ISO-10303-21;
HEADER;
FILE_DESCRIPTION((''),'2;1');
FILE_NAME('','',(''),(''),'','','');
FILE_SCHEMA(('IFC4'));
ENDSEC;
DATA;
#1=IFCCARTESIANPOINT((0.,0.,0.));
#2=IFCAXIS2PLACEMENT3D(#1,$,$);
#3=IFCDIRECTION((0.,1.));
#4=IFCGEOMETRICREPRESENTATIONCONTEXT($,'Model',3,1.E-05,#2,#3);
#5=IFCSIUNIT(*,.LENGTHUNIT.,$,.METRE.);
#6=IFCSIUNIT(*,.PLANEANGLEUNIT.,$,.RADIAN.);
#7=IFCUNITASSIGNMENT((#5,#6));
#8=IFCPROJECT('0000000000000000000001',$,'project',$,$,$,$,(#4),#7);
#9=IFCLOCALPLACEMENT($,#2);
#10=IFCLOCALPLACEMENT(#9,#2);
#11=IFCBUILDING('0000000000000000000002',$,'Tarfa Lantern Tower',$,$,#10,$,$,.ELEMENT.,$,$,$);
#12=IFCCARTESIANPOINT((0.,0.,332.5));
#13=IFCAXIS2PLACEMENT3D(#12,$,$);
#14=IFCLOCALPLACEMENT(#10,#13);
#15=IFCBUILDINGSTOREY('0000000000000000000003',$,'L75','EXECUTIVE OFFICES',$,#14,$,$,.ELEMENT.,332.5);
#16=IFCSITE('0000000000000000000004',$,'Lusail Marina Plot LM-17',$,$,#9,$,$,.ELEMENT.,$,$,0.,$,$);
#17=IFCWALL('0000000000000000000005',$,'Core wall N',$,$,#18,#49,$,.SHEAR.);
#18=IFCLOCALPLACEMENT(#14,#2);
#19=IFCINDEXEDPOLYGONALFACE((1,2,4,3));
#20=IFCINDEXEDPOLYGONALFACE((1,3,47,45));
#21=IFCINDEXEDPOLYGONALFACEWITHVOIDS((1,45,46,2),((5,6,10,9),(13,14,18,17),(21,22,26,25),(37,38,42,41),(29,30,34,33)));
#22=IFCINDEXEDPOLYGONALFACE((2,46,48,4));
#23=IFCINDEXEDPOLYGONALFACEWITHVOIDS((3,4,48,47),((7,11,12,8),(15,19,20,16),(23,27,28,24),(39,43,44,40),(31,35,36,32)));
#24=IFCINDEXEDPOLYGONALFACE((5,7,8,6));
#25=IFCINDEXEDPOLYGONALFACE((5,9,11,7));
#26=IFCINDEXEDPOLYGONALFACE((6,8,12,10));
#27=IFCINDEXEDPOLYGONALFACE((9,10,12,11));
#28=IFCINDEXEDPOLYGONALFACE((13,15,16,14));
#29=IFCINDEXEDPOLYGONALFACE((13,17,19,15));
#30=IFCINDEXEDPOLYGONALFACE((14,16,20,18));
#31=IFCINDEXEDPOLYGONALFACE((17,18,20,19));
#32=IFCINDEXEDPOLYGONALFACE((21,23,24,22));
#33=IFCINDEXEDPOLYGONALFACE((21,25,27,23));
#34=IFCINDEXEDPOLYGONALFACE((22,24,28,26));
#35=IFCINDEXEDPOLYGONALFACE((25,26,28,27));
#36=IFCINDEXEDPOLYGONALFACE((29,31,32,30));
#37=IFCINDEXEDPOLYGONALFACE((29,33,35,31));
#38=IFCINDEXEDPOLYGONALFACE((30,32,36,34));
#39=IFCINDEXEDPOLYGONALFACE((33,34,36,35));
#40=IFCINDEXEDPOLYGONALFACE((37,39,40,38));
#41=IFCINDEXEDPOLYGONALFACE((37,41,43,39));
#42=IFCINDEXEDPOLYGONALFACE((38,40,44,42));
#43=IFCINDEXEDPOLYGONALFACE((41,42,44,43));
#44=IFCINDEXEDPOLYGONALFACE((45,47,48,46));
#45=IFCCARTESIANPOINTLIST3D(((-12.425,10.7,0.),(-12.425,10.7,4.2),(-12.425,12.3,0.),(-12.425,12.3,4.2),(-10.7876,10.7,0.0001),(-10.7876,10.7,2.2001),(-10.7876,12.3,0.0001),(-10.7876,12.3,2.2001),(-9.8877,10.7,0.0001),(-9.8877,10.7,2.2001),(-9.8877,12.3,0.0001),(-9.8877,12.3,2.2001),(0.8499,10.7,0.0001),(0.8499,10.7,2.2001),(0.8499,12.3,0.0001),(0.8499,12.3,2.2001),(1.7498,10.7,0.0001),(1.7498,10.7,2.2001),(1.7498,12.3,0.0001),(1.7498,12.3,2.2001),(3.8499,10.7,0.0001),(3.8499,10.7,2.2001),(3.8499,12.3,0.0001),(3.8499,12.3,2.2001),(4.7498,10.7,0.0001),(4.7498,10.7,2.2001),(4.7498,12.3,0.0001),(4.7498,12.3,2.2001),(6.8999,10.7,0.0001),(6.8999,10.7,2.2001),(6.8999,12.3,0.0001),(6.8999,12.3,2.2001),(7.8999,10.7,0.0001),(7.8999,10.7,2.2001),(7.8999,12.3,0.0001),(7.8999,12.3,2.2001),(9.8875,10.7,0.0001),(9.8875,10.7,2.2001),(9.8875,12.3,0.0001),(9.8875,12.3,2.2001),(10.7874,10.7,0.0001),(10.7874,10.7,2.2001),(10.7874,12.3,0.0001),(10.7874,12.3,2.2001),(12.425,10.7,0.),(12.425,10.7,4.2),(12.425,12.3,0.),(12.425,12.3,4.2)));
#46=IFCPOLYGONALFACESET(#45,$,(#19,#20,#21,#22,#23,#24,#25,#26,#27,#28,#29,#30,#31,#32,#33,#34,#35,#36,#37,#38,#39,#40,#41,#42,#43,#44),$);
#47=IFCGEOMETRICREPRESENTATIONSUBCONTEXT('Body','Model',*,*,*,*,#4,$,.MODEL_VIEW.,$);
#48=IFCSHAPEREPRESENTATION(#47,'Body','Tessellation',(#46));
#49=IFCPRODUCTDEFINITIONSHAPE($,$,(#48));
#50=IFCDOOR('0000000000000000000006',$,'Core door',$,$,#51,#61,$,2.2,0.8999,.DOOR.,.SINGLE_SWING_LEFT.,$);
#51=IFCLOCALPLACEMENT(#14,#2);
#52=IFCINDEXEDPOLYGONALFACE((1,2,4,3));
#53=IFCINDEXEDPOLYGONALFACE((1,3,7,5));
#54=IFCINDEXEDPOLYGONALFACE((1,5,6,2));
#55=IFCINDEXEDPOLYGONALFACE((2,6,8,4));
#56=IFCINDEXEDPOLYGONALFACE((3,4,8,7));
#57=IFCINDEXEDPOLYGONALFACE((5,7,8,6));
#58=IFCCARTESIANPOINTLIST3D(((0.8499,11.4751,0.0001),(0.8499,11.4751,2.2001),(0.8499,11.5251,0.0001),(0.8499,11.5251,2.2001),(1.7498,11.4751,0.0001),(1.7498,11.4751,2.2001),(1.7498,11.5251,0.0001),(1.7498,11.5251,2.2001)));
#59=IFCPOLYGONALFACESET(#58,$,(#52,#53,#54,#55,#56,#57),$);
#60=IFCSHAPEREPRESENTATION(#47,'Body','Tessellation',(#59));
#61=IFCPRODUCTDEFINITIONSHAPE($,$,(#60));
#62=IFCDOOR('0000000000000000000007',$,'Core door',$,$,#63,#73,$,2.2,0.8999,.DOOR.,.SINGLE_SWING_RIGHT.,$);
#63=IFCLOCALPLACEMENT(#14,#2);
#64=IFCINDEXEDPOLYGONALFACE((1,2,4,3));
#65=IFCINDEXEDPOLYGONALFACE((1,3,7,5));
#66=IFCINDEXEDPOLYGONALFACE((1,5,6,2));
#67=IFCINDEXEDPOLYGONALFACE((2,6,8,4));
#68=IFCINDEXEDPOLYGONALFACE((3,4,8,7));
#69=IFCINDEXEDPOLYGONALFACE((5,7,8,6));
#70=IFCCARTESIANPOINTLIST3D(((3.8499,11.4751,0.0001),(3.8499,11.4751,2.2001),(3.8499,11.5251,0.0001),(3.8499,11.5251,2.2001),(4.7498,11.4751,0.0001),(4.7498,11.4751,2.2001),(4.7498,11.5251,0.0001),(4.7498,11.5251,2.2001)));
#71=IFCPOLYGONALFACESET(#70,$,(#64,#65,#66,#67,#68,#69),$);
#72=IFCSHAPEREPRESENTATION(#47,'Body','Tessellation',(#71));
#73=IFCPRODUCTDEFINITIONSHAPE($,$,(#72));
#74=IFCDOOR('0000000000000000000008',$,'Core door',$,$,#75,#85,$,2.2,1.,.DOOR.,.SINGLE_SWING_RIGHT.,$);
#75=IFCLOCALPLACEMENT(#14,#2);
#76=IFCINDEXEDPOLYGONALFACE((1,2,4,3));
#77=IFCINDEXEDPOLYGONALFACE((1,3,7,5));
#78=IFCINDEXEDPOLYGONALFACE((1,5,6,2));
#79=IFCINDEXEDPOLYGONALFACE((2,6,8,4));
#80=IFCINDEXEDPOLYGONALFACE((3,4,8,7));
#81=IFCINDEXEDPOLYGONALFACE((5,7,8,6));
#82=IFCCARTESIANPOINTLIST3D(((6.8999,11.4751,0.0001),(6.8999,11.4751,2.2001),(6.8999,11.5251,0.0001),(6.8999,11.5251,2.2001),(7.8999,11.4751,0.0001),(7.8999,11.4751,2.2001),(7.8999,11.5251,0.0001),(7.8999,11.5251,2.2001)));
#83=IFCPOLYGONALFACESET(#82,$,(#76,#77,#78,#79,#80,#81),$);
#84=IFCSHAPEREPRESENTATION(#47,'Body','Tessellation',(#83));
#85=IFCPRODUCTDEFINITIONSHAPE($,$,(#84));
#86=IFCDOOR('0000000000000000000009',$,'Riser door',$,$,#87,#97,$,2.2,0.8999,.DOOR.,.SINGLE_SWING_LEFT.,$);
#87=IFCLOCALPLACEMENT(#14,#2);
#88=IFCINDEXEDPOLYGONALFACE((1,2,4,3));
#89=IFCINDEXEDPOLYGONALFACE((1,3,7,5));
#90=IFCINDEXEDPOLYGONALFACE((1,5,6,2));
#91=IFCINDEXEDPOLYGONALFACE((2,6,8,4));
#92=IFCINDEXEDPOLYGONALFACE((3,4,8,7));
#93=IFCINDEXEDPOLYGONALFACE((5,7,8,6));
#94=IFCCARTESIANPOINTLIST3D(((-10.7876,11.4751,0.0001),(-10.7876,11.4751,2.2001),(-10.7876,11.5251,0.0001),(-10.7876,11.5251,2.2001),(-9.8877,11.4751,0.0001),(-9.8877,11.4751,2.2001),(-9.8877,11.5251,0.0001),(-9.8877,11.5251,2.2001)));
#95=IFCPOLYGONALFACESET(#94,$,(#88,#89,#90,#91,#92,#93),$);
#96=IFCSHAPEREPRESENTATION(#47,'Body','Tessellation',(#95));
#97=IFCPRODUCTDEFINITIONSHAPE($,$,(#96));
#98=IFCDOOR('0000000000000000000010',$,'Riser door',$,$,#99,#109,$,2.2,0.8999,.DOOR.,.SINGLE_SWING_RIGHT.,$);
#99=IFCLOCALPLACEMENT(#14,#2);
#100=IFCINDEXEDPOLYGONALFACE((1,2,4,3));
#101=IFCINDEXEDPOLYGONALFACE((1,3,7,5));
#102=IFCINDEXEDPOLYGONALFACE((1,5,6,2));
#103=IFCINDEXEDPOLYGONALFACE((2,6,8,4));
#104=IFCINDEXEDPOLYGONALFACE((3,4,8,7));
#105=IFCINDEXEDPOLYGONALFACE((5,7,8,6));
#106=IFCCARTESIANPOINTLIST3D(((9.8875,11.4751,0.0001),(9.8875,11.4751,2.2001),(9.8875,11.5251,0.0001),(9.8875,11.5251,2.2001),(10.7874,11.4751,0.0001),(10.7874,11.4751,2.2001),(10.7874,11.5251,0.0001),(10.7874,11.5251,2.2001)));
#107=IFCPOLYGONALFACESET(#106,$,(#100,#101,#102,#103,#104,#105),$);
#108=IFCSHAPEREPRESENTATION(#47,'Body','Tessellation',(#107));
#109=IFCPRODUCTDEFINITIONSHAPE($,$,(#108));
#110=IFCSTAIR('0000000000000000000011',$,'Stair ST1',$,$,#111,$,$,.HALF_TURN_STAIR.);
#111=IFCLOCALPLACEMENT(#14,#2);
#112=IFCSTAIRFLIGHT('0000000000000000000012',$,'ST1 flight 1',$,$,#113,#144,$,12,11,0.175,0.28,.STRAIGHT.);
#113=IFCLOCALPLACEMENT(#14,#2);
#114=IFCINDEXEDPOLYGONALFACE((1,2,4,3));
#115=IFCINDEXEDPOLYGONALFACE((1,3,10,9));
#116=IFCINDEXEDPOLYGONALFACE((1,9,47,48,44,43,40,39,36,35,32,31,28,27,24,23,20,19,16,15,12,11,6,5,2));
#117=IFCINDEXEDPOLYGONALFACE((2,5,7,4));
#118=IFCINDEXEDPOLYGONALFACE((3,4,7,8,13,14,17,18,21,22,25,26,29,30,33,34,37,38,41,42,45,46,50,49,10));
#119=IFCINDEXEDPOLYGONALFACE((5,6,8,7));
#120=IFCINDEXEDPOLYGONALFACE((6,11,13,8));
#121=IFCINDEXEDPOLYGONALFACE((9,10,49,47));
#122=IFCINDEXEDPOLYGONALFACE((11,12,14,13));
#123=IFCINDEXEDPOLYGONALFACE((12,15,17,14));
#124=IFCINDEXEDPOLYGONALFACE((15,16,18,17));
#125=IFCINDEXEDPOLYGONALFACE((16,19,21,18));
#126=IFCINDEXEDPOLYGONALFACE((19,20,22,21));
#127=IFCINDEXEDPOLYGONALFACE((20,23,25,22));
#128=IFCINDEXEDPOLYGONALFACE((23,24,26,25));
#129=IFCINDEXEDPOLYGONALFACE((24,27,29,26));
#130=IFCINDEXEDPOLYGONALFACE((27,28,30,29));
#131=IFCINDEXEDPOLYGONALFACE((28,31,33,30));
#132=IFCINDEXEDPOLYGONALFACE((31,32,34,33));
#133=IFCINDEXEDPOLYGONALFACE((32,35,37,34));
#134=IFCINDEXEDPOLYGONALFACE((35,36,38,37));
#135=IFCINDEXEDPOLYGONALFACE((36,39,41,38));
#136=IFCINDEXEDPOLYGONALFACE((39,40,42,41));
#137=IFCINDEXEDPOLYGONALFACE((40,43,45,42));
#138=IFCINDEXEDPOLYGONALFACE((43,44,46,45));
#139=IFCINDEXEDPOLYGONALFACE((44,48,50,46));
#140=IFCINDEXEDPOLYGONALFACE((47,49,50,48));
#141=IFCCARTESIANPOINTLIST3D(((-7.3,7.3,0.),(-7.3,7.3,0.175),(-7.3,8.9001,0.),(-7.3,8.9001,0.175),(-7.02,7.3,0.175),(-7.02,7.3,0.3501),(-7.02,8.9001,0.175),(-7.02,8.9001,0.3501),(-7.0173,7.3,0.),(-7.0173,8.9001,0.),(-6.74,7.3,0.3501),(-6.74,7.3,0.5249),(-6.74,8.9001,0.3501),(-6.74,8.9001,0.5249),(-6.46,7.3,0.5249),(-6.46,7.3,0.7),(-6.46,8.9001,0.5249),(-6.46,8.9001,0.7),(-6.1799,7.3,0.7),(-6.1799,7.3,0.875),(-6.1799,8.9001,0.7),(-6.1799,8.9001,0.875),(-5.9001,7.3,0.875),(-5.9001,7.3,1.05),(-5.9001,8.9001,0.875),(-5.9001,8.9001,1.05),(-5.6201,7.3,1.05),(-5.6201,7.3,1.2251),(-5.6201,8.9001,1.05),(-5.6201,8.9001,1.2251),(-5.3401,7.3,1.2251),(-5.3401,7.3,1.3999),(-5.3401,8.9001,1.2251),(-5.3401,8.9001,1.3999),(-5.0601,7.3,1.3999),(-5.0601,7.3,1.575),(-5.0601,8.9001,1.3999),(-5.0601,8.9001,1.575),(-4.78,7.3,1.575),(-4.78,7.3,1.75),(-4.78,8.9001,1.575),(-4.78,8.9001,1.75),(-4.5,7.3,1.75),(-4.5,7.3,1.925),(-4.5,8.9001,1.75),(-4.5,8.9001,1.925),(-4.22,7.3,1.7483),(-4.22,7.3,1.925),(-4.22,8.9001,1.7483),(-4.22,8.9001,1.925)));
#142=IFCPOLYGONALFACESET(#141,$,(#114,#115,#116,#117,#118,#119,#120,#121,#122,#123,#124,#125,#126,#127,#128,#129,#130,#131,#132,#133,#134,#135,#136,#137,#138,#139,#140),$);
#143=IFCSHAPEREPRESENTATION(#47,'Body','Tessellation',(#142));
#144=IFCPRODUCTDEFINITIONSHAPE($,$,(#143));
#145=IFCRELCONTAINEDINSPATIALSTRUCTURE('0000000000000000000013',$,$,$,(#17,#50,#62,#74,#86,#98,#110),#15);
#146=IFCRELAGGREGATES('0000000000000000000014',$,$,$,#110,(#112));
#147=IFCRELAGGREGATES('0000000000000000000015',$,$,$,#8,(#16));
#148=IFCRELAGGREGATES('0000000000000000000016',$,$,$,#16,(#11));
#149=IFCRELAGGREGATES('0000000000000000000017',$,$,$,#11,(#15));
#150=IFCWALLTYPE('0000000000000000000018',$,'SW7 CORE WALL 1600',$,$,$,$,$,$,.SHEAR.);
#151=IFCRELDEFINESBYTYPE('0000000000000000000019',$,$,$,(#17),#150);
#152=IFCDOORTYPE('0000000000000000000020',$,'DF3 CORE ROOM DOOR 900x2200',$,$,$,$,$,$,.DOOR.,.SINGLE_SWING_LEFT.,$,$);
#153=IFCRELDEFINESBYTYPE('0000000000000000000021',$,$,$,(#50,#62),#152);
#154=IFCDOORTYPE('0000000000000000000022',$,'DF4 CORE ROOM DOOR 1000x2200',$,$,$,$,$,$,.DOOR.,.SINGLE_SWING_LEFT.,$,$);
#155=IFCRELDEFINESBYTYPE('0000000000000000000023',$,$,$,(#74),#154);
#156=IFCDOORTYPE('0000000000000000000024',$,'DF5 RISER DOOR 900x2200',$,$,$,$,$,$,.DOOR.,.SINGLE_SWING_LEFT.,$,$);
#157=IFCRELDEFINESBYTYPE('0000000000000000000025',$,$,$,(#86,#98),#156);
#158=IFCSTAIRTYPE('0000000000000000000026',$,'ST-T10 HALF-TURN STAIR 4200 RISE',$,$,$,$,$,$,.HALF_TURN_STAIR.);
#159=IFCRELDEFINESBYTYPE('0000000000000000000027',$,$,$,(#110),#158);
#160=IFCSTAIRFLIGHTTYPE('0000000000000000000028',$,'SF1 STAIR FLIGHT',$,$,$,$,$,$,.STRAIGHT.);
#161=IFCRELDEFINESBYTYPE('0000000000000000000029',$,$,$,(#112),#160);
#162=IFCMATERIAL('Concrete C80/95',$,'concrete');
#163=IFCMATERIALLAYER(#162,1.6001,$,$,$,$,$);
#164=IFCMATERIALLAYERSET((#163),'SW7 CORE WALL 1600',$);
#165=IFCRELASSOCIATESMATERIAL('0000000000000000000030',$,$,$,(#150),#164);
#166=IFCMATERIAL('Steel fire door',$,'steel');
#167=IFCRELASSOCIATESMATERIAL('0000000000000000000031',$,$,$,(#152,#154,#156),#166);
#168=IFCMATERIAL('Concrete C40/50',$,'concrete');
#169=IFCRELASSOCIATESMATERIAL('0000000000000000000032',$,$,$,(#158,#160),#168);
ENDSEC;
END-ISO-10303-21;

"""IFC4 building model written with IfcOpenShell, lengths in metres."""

from ifc_helpers import new_model, si_unit, direction, frame, frame_2d, origin, place, context, subcontext, project, spatial, polyline, rectangle, outline, extrude, material, layer, layer_set, type_object, element, fill, aggregate, save


model = new_model("IFC4")

# Units and contexts
model_context = context("Model", 3, precision=1e-05, world=origin(), true_north=direction((0.0, 1.0)))
body_context = subcontext(model_context, "Body", "Model", "MODEL_VIEW")
ifc_project = project(units=[si_unit("LENGTHUNIT", "METRE"), si_unit("PLANEANGLEUNIT", "RADIAN")], contexts=[model_context])

# Site, building, storey
site_placement = place(None, origin())
site = spatial("IfcSite", under=ifc_project, at=site_placement, Name="Lusail Marina Plot LM-17", CompositionType="ELEMENT", RefElevation=0.0)
building_placement = place(site_placement, origin())
building = spatial("IfcBuilding", under=site, at=building_placement, Name="Tarfa Lantern Tower", CompositionType="ELEMENT")
storey_placement = place(building_placement, frame((0.0, 0.0, 332.5)))
storey = spatial("IfcBuildingStorey", under=building, at=storey_placement, Name="L75", Description="EXECUTIVE OFFICES", CompositionType="ELEMENT", Elevation=332.5)

# Shared definitions
ifc_material_1 = material(Name="Concrete C80/95", Category="concrete")

# Shared definitions
ifc_material_2 = material(Name="Steel fire door", Category="steel")

# Wall, openings, doors
ifc_layer_1 = layer(ifc_material_1, 1.6001)
ifc_layer_set_1 = layer_set([ifc_layer_1], Name="SW7 CORE WALL 1600")
wall_type_1 = type_object("IfcWallType", Name="SW7 CORE WALL 1600", PredefinedType="SHEAR", material=ifc_layer_set_1)
wall_1_placement = place(storey_placement, frame((-12.425, 11.5, 0.0), z_axis=(0.0, 0.0, 1.0), x_axis=(1.0, 0.0, 0.0)))
wall_1 = element("IfcWall", 1, at=wall_1_placement, inside=storey, type_object=wall_type_1, Name="Core wall N", PredefinedType="SHEAR", context=body_context, shape_type="SweptSolid", body=[
    extrude(rectangle(XDim=24.8501, YDim=1.6001, at=frame_2d((12.425, 0.0))), origin(), (0.0, 0.0, 1.0), 4.2),
])
opening_1_placement = place(wall_1_placement, frame((13.2749, 0.0, 0.0)))
opening_1 = element("IfcOpeningElement", 2, at=opening_1_placement, cuts=wall_1, PredefinedType="OPENING", context=body_context, shape_type="SweptSolid", body=[
    extrude(rectangle(XDim=0.8999, YDim=2.2, at=frame_2d((0.45, 1.1001))), frame((0.0, 0.8101, 0.0), z_axis=(0.0, -1.0, 0.0), x_axis=(1.0, 0.0, 0.0)), (0.0, 0.0, 1.0), 1.6201),
])
opening_2_placement = place(wall_1_placement, frame((16.2749, 0.0, 0.0)))
opening_2 = element("IfcOpeningElement", 3, at=opening_2_placement, cuts=wall_1, PredefinedType="OPENING", context=body_context, shape_type="SweptSolid", body=[
    extrude(rectangle(XDim=0.8999, YDim=2.2, at=frame_2d((0.45, 1.1001))), frame((0.0, 0.8101, 0.0), z_axis=(0.0, -1.0, 0.0), x_axis=(1.0, 0.0, 0.0)), (0.0, 0.0, 1.0), 1.6201),
])
opening_3_placement = place(wall_1_placement, frame((19.325, 0.0, 0.0)))
opening_3 = element("IfcOpeningElement", 4, at=opening_3_placement, cuts=wall_1, PredefinedType="OPENING", context=body_context, shape_type="SweptSolid", body=[
    extrude(rectangle(XDim=1.0, YDim=2.2, at=frame_2d((0.5, 1.1001))), frame((0.0, 0.8101, 0.0), z_axis=(0.0, -1.0, 0.0), x_axis=(1.0, 0.0, 0.0)), (0.0, 0.0, 1.0), 1.6201),
])
opening_4_placement = place(wall_1_placement, frame((1.6375, 0.0, 0.0)))
opening_4 = element("IfcOpeningElement", 5, at=opening_4_placement, cuts=wall_1, PredefinedType="OPENING", context=body_context, shape_type="SweptSolid", body=[
    extrude(rectangle(XDim=0.8999, YDim=2.2, at=frame_2d((0.45, 1.1001))), frame((0.0, 0.8101, 0.0), z_axis=(0.0, -1.0, 0.0), x_axis=(1.0, 0.0, 0.0)), (0.0, 0.0, 1.0), 1.6201),
])
opening_5_placement = place(wall_1_placement, frame((22.3125, 0.0, 0.0)))
opening_5 = element("IfcOpeningElement", 6, at=opening_5_placement, cuts=wall_1, PredefinedType="OPENING", context=body_context, shape_type="SweptSolid", body=[
    extrude(rectangle(XDim=0.8999, YDim=2.2, at=frame_2d((0.45, 1.1001))), frame((0.0, 0.8101, 0.0), z_axis=(0.0, -1.0, 0.0), x_axis=(1.0, 0.0, 0.0)), (0.0, 0.0, 1.0), 1.6201),
])
door_type_1 = type_object("IfcDoorType", Name="DF3 CORE ROOM DOOR 900x2200", OperationType="SINGLE_SWING_LEFT", PredefinedType="DOOR", material=ifc_material_2)
door_1_placement = place(opening_1_placement, frame((0.8999, 0.0, 0.0), z_axis=(0.0, 0.0, 1.0), x_axis=(-1.0, 0.0, 0.0)))
door_1 = element("IfcDoor", 7, at=door_1_placement, inside=storey, type_object=door_type_1, Name="Core door", OperationType="SINGLE_SWING_LEFT", OverallHeight=2.2, OverallWidth=0.8999, PredefinedType="DOOR", context=body_context, shape_type="SweptSolid", body=[
    extrude(rectangle(XDim=0.8999, YDim=2.2, at=frame_2d((0.45, 1.1001))), frame((0.0, 0.0249, 0.0), z_axis=(0.0, -1.0, 0.0), x_axis=(1.0, 0.0, 0.0)), (0.0, 0.0, 1.0), 0.05),
])
fill(opening_1, door_1)
door_2_placement = place(opening_2_placement, frame((0.8999, 0.0, 0.0), z_axis=(0.0, 0.0, 1.0), x_axis=(-1.0, 0.0, 0.0)))
door_2 = element("IfcDoor", 8, at=door_2_placement, inside=storey, type_object=door_type_1, Name="Core door", OperationType="SINGLE_SWING_RIGHT", OverallHeight=2.2, OverallWidth=0.8999, PredefinedType="DOOR", context=body_context, shape_type="SweptSolid", body=[
    extrude(rectangle(XDim=0.8999, YDim=2.2, at=frame_2d((0.45, 1.1001))), frame((0.0, 0.0249, 0.0), z_axis=(0.0, -1.0, 0.0), x_axis=(1.0, 0.0, 0.0)), (0.0, 0.0, 1.0), 0.05),
])
fill(opening_2, door_2)
door_type_2 = type_object("IfcDoorType", Name="DF4 CORE ROOM DOOR 1000x2200", OperationType="SINGLE_SWING_LEFT", PredefinedType="DOOR", material=ifc_material_2)
door_3_placement = place(opening_3_placement, frame((1.0, 0.0, 0.0), z_axis=(0.0, 0.0, 1.0), x_axis=(-1.0, 0.0, 0.0)))
door_3 = element("IfcDoor", 9, at=door_3_placement, inside=storey, type_object=door_type_2, Name="Core door", OperationType="SINGLE_SWING_RIGHT", OverallHeight=2.2, OverallWidth=1.0, PredefinedType="DOOR", context=body_context, shape_type="SweptSolid", body=[
    extrude(rectangle(XDim=1.0, YDim=2.2, at=frame_2d((0.5, 1.1001))), frame((0.0, 0.0249, 0.0), z_axis=(0.0, -1.0, 0.0), x_axis=(1.0, 0.0, 0.0)), (0.0, 0.0, 1.0), 0.05),
])
fill(opening_3, door_3)
door_type_3 = type_object("IfcDoorType", Name="DF5 RISER DOOR 900x2200", OperationType="SINGLE_SWING_LEFT", PredefinedType="DOOR", material=ifc_material_2)
door_4_placement = place(opening_4_placement, frame((0.8999, 0.0, 0.0), z_axis=(0.0, 0.0, 1.0), x_axis=(-1.0, 0.0, 0.0)))
door_4 = element("IfcDoor", 10, at=door_4_placement, inside=storey, type_object=door_type_3, Name="Riser door", OperationType="SINGLE_SWING_LEFT", OverallHeight=2.2, OverallWidth=0.8999, PredefinedType="DOOR", context=body_context, shape_type="SweptSolid", body=[
    extrude(rectangle(XDim=0.8999, YDim=2.2, at=frame_2d((0.45, 1.1001))), frame((0.0, 0.0249, 0.0), z_axis=(0.0, -1.0, 0.0), x_axis=(1.0, 0.0, 0.0)), (0.0, 0.0, 1.0), 0.05),
])
fill(opening_4, door_4)
door_5_placement = place(opening_5_placement, frame((0.8999, 0.0, 0.0), z_axis=(0.0, 0.0, 1.0), x_axis=(-1.0, 0.0, 0.0)))
door_5 = element("IfcDoor", 11, at=door_5_placement, inside=storey, type_object=door_type_3, Name="Riser door", OperationType="SINGLE_SWING_RIGHT", OverallHeight=2.2, OverallWidth=0.8999, PredefinedType="DOOR", context=body_context, shape_type="SweptSolid", body=[
    extrude(rectangle(XDim=0.8999, YDim=2.2, at=frame_2d((0.45, 1.1001))), frame((0.0, 0.0249, 0.0), z_axis=(0.0, -1.0, 0.0), x_axis=(1.0, 0.0, 0.0)), (0.0, 0.0, 1.0), 0.05),
])
fill(opening_5, door_5)

# Stair, stair flight
ifc_material_3 = material(Name="Concrete C40/50", Category="concrete")
stair_type = type_object("IfcStairType", Name="ST-T10 HALF-TURN STAIR 4200 RISE", PredefinedType="HALF_TURN_STAIR", material=ifc_material_3)
stair_placement = place(storey_placement, origin())
stair = element("IfcStair", 12, at=stair_placement, inside=storey, type_object=stair_type, Name="Stair ST1", PredefinedType="HALF_TURN_STAIR")
stair_flight_type = type_object("IfcStairFlightType", Name="SF1 STAIR FLIGHT", PredefinedType="STRAIGHT", material=ifc_material_3)
stair_flight_1_placement = place(storey_placement, frame((-7.3, 8.1001, 0.0), z_axis=(0.0, 0.0, 1.0), x_axis=(1.0, 0.0, 0.0)))
stair_flight_1 = element("IfcStairFlight", 13, at=stair_flight_1_placement, type_object=stair_flight_type, Name="ST1 flight 1", NumberOfRisers=12, NumberOfTreads=11, PredefinedType="STRAIGHT", RiserHeight=0.175, TreadLength=0.28, context=body_context, shape_type="SweptSolid", body=[
    extrude(outline(polyline([(0.0, 0.0), (0.0, 0.175), (0.28, 0.175), (0.28, 0.3501), (0.5601, 0.3501), (0.5601, 0.5249), (0.8401, 0.5249), (0.8401, 0.7), (1.1201, 0.7), (1.1201, 0.875), (1.3999, 0.875), (1.3999, 1.05), (1.6799, 1.05), (1.6799, 1.2251), (1.96, 1.2251), (1.96, 1.3999), (2.24, 1.3999), (2.24, 1.575), (2.52, 1.575), (2.52, 1.75), (2.8, 1.75), (2.8, 1.925), (3.0801, 1.925), (3.0801, 2.1001), (3.0801, 1.7483), (0.2827, 0.0), (0.0, 0.0)])), frame((0.0, 0.8, 0.0), z_axis=(0.0, -1.0, 0.0), x_axis=(1.0, 0.0, 0.0)), (0.0, 0.0, 1.0), 1.6001),
])
aggregate(stair, [stair_flight_1])

save(model, "model.ifc")
